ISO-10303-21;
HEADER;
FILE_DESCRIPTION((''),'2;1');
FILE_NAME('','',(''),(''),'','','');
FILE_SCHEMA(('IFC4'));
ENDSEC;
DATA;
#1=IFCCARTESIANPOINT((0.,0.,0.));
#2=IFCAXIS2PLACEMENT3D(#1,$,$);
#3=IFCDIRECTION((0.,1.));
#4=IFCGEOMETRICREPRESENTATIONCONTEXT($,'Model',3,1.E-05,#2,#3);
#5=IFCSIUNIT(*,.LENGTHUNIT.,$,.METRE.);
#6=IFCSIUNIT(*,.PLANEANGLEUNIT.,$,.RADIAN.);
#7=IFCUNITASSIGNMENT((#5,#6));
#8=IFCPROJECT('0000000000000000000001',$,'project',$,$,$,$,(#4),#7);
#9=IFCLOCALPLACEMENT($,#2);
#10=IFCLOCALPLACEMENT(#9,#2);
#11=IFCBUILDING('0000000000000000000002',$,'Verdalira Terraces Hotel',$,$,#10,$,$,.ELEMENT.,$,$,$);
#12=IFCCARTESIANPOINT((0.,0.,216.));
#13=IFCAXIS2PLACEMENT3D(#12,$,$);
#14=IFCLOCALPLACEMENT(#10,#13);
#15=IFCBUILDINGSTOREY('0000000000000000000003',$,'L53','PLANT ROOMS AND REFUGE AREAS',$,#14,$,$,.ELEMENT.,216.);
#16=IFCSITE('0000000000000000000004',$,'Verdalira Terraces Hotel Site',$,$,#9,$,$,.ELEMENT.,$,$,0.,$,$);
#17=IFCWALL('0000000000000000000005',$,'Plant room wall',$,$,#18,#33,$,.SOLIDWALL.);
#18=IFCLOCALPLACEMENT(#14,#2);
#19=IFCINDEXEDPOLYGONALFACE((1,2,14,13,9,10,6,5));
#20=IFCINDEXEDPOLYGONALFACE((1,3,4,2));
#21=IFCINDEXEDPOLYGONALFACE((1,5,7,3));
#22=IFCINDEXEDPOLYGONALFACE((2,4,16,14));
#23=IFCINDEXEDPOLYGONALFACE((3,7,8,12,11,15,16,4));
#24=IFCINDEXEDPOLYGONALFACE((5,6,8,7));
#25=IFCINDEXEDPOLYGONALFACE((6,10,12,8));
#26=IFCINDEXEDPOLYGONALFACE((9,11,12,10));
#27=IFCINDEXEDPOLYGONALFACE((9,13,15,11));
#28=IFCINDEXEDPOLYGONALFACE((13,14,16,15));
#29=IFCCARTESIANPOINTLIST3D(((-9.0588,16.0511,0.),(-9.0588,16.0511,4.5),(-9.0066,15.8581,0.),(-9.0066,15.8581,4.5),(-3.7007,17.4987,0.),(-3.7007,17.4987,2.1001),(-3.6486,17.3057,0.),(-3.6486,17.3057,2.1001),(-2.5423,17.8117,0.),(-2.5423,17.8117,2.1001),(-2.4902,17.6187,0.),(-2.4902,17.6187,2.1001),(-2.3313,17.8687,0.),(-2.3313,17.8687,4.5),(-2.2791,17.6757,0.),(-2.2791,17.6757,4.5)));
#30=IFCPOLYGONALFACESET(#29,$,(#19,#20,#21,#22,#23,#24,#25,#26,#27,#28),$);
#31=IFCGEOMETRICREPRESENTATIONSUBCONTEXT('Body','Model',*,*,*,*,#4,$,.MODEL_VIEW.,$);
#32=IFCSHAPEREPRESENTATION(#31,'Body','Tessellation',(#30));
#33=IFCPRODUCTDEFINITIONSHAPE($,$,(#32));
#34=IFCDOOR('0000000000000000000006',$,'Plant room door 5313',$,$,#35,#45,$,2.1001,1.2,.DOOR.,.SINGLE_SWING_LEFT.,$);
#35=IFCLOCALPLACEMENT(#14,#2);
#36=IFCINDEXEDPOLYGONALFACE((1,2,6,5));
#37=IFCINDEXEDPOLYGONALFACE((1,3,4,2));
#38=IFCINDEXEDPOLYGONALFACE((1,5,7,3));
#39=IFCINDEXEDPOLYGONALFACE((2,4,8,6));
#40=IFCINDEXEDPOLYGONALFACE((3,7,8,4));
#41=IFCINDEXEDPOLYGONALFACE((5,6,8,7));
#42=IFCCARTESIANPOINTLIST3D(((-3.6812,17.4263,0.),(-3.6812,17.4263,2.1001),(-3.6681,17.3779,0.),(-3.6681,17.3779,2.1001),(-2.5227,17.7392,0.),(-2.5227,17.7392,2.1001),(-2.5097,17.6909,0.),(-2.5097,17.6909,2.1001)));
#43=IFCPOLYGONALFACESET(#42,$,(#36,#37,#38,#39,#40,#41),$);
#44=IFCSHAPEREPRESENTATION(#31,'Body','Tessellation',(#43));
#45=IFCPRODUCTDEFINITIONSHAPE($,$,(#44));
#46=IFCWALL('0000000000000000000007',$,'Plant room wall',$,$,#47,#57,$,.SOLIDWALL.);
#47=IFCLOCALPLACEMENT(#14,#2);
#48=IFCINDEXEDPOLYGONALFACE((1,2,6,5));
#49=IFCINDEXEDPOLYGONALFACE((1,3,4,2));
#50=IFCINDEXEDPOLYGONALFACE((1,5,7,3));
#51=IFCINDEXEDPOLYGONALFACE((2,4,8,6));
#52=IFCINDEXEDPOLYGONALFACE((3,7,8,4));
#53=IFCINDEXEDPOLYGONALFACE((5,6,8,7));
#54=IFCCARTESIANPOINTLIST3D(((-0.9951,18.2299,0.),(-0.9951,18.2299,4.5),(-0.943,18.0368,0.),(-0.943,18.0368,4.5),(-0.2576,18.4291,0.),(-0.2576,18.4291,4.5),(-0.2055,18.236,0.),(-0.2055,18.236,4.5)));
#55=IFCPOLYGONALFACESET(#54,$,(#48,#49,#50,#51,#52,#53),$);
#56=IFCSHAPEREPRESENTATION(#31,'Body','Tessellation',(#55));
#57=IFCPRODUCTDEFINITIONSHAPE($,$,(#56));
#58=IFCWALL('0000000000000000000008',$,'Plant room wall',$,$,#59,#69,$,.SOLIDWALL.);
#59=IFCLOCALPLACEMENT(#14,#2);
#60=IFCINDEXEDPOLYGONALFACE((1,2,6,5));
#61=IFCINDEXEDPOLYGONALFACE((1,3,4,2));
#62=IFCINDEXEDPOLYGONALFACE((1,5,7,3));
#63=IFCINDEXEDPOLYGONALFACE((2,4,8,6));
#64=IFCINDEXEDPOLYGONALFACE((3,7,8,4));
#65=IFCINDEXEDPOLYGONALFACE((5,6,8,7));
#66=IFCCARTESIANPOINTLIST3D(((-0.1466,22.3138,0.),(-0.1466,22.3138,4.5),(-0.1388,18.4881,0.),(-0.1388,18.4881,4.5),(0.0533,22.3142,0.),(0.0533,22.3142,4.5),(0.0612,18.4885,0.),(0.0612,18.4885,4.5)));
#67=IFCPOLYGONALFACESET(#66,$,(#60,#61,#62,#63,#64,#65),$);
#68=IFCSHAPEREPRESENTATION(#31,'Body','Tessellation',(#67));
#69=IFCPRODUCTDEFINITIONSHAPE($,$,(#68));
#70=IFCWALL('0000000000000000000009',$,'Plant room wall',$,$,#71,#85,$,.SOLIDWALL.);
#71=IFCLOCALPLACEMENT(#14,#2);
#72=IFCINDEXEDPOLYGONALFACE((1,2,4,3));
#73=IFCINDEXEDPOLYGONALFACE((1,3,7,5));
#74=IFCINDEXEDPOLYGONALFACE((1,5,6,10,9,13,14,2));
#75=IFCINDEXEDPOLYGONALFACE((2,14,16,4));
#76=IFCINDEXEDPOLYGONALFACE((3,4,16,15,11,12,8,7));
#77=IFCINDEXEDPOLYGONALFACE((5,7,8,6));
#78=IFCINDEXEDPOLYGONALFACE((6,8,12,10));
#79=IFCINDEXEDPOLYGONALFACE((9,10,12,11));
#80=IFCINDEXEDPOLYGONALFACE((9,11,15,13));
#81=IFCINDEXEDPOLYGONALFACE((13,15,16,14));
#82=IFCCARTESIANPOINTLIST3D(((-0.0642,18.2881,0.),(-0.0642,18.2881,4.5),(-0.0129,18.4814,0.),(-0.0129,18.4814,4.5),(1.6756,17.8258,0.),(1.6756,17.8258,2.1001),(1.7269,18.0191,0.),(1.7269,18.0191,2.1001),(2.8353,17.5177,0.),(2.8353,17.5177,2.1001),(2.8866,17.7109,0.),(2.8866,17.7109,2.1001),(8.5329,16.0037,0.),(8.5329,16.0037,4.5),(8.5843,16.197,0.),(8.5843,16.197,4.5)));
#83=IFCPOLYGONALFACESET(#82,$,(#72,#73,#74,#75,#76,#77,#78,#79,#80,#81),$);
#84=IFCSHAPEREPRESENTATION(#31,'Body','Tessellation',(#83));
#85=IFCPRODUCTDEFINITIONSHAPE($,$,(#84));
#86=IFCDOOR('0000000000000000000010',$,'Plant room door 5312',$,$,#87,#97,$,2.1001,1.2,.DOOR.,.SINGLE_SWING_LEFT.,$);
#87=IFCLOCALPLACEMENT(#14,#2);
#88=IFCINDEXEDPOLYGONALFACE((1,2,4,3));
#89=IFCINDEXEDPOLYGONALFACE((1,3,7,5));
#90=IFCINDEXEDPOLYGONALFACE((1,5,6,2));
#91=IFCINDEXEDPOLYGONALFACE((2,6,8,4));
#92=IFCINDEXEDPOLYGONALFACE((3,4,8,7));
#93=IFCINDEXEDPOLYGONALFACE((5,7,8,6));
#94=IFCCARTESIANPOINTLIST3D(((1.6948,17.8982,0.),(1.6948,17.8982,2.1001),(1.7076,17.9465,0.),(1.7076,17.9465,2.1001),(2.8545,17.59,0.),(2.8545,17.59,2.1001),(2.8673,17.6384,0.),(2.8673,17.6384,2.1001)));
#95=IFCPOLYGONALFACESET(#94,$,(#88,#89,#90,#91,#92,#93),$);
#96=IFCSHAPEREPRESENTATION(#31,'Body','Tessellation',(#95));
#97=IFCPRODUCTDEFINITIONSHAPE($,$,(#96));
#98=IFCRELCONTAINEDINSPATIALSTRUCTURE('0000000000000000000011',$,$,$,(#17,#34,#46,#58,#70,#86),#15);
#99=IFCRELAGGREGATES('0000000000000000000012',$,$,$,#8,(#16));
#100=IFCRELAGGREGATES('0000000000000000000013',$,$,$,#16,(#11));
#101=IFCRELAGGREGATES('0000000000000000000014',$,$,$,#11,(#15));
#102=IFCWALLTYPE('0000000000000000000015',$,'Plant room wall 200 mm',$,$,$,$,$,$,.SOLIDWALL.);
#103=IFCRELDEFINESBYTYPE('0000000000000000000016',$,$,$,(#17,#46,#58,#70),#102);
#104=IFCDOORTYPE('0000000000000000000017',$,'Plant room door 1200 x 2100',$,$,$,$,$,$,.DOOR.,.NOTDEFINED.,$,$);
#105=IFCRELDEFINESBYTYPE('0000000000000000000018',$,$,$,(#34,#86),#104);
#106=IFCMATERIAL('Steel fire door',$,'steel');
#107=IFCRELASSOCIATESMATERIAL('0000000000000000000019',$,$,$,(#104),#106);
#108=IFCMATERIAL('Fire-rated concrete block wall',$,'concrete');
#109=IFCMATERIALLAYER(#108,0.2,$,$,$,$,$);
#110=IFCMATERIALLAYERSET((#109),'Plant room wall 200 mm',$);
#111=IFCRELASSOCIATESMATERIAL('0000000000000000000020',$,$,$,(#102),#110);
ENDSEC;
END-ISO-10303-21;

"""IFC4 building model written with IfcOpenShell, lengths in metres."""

from ifc_helpers import new_model, si_unit, direction, frame, frame_2d, origin, place, context, subcontext, project, spatial, rectangle, extrude, material, layer, layer_set, type_object, element, fill, save


model = new_model("IFC4")

# Units and contexts
model_context = context("Model", 3, precision=1e-05, world=origin(), true_north=direction((0.0, 1.0)))
body_context = subcontext(model_context, "Body", "Model", "MODEL_VIEW")
ifc_project = project(units=[si_unit("LENGTHUNIT", "METRE"), si_unit("PLANEANGLEUNIT", "RADIAN")], contexts=[model_context])

# Site, building, storey
site_placement = place(None, origin())
site = spatial("IfcSite", under=ifc_project, at=site_placement, Name="Verdalira Terraces Hotel Site", CompositionType="ELEMENT", RefElevation=0.0)
building_placement = place(site_placement, origin())
building = spatial("IfcBuilding", under=site, at=building_placement, Name="Verdalira Terraces Hotel", CompositionType="ELEMENT")
storey_placement = place(building_placement, frame((0.0, 0.0, 216.0)))
storey = spatial("IfcBuildingStorey", under=building, at=storey_placement, Name="L53", Description="PLANT ROOMS AND REFUGE AREAS", CompositionType="ELEMENT", Elevation=216.0)

# Shared definitions
ifc_material_1 = material(Name="Steel fire door", Category="steel")
door_type_1 = type_object("IfcDoorType", Name="Plant room door 1200 x 2100", OperationType="NOTDEFINED", PredefinedType="DOOR", material=ifc_material_1)

# Shared definitions
ifc_material_2 = material(Name="Fire-rated concrete block wall", Category="concrete")
ifc_layer_1 = layer(ifc_material_2, 0.2)
ifc_layer_set_1 = layer_set([ifc_layer_1], Name="Plant room wall 200 mm")
wall_type_1 = type_object("IfcWallType", Name="Plant room wall 200 mm", PredefinedType="SOLIDWALL", material=ifc_layer_set_1)

# Wall, opening, door
wall_1_placement = place(storey_placement, frame((-9.0327, 15.9546, 0.0), z_axis=(0.0, 0.0, 1.0), x_axis=(0.965386, 0.260825, 0.0)))
wall_1 = element("IfcWall", 1, at=wall_1_placement, inside=storey, type_object=wall_type_1, Name="Plant room wall", PredefinedType="SOLIDWALL", context=body_context, shape_type="SweptSolid", body=[
    extrude(rectangle(XDim=6.9688, YDim=0.2, at=frame_2d((3.4844, 0.0))), origin(), (0.0, 0.0, 1.0), 4.5),
])
opening_1_placement = place(wall_1_placement, frame((5.55, 0.0, 0.0)))
opening_1 = element("IfcOpeningElement", 2, at=opening_1_placement, cuts=wall_1, PredefinedType="OPENING", context=body_context, shape_type="SweptSolid", body=[
    extrude(rectangle(XDim=1.2, YDim=2.1001, at=frame_2d((0.6001, 1.05))), frame((0.0, 0.1099, 0.0), z_axis=(0.0, -1.0, 0.0), x_axis=(1.0, 0.0, 0.0)), (0.0, 0.0, 1.0), 0.22),
])
door_1_placement = place(opening_1_placement, origin())
door_1 = element("IfcDoor", 3, at=door_1_placement, inside=storey, type_object=door_type_1, Name="Plant room door 5313", OperationType="SINGLE_SWING_LEFT", OverallHeight=2.1001, OverallWidth=1.2, PredefinedType="DOOR", context=body_context, shape_type="SweptSolid", body=[
    extrude(rectangle(XDim=1.2, YDim=2.1001, at=frame_2d((0.6001, 1.05))), frame((0.0, 0.0249, 0.0), z_axis=(0.0, -1.0, 0.0), x_axis=(1.0, 0.0, 0.0)), (0.0, 0.0, 1.0), 0.05),
])
fill(opening_1, door_1)

# Walls
wall_2_placement = place(storey_placement, frame((-0.2317, 18.3325, 0.0), z_axis=(0.0, 0.0, 1.0), x_axis=(-0.965403, -0.260764, 0.0)))
element("IfcWall", 4, at=wall_2_placement, inside=storey, type_object=wall_type_1, Name="Plant room wall", PredefinedType="SOLIDWALL", context=body_context, shape_type="SweptSolid", body=[
    extrude(rectangle(XDim=0.7639, YDim=0.2, at=frame_2d((0.3818, 0.0))), origin(), (0.0, 0.0, 1.0), 4.5),
])
wall_3_placement = place(storey_placement, frame((-0.0388, 18.4883, 0.0), z_axis=(0.0, 0.0, 1.0), x_axis=(-0.002042, 0.999998, 0.0)))
element("IfcWall", 5, at=wall_3_placement, inside=storey, type_object=wall_type_1, Name="Plant room wall", PredefinedType="SOLIDWALL", context=body_context, shape_type="SweptSolid", body=[
    extrude(rectangle(XDim=3.8257, YDim=0.2, at=frame_2d((1.9128, 0.0))), origin(), (0.0, 0.0, 1.0), 4.5),
])

# Wall, opening, door
wall_4_placement = place(storey_placement, frame((-0.0386, 18.3848, 0.0), z_axis=(0.0, 0.0, 1.0), x_axis=(0.966463, -0.256807, 0.0)))
wall_4 = element("IfcWall", 6, at=wall_4_placement, inside=storey, type_object=wall_type_1, Name="Plant room wall", PredefinedType="SOLIDWALL", context=body_context, shape_type="SweptSolid", body=[
    extrude(rectangle(XDim=8.8955, YDim=0.2, at=frame_2d((4.4478, 0.0))), origin(), (0.0, 0.0, 1.0), 4.5),
])
opening_2_placement = place(wall_4_placement, frame((1.8, 0.0, 0.0)))
opening_2 = element("IfcOpeningElement", 7, at=opening_2_placement, cuts=wall_4, PredefinedType="OPENING", context=body_context, shape_type="SweptSolid", body=[
    extrude(rectangle(XDim=1.2, YDim=2.1001, at=frame_2d((0.6001, 1.05))), frame((0.0, 0.1099, 0.0), z_axis=(0.0, -1.0, 0.0), x_axis=(1.0, 0.0, 0.0)), (0.0, 0.0, 1.0), 0.22),
])
door_2_placement = place(opening_2_placement, origin())
door_2 = element("IfcDoor", 8, at=door_2_placement, inside=storey, type_object=door_type_1, Name="Plant room door 5312", OperationType="SINGLE_SWING_LEFT", OverallHeight=2.1001, OverallWidth=1.2, PredefinedType="DOOR", context=body_context, shape_type="SweptSolid", body=[
    extrude(rectangle(XDim=1.2, YDim=2.1001, at=frame_2d((0.6001, 1.05))), frame((0.0, 0.0249, 0.0), z_axis=(0.0, -1.0, 0.0), x_axis=(1.0, 0.0, 0.0)), (0.0, 0.0, 1.0), 0.05),
])
fill(opening_2, door_2)

save(model, "model.ifc")
